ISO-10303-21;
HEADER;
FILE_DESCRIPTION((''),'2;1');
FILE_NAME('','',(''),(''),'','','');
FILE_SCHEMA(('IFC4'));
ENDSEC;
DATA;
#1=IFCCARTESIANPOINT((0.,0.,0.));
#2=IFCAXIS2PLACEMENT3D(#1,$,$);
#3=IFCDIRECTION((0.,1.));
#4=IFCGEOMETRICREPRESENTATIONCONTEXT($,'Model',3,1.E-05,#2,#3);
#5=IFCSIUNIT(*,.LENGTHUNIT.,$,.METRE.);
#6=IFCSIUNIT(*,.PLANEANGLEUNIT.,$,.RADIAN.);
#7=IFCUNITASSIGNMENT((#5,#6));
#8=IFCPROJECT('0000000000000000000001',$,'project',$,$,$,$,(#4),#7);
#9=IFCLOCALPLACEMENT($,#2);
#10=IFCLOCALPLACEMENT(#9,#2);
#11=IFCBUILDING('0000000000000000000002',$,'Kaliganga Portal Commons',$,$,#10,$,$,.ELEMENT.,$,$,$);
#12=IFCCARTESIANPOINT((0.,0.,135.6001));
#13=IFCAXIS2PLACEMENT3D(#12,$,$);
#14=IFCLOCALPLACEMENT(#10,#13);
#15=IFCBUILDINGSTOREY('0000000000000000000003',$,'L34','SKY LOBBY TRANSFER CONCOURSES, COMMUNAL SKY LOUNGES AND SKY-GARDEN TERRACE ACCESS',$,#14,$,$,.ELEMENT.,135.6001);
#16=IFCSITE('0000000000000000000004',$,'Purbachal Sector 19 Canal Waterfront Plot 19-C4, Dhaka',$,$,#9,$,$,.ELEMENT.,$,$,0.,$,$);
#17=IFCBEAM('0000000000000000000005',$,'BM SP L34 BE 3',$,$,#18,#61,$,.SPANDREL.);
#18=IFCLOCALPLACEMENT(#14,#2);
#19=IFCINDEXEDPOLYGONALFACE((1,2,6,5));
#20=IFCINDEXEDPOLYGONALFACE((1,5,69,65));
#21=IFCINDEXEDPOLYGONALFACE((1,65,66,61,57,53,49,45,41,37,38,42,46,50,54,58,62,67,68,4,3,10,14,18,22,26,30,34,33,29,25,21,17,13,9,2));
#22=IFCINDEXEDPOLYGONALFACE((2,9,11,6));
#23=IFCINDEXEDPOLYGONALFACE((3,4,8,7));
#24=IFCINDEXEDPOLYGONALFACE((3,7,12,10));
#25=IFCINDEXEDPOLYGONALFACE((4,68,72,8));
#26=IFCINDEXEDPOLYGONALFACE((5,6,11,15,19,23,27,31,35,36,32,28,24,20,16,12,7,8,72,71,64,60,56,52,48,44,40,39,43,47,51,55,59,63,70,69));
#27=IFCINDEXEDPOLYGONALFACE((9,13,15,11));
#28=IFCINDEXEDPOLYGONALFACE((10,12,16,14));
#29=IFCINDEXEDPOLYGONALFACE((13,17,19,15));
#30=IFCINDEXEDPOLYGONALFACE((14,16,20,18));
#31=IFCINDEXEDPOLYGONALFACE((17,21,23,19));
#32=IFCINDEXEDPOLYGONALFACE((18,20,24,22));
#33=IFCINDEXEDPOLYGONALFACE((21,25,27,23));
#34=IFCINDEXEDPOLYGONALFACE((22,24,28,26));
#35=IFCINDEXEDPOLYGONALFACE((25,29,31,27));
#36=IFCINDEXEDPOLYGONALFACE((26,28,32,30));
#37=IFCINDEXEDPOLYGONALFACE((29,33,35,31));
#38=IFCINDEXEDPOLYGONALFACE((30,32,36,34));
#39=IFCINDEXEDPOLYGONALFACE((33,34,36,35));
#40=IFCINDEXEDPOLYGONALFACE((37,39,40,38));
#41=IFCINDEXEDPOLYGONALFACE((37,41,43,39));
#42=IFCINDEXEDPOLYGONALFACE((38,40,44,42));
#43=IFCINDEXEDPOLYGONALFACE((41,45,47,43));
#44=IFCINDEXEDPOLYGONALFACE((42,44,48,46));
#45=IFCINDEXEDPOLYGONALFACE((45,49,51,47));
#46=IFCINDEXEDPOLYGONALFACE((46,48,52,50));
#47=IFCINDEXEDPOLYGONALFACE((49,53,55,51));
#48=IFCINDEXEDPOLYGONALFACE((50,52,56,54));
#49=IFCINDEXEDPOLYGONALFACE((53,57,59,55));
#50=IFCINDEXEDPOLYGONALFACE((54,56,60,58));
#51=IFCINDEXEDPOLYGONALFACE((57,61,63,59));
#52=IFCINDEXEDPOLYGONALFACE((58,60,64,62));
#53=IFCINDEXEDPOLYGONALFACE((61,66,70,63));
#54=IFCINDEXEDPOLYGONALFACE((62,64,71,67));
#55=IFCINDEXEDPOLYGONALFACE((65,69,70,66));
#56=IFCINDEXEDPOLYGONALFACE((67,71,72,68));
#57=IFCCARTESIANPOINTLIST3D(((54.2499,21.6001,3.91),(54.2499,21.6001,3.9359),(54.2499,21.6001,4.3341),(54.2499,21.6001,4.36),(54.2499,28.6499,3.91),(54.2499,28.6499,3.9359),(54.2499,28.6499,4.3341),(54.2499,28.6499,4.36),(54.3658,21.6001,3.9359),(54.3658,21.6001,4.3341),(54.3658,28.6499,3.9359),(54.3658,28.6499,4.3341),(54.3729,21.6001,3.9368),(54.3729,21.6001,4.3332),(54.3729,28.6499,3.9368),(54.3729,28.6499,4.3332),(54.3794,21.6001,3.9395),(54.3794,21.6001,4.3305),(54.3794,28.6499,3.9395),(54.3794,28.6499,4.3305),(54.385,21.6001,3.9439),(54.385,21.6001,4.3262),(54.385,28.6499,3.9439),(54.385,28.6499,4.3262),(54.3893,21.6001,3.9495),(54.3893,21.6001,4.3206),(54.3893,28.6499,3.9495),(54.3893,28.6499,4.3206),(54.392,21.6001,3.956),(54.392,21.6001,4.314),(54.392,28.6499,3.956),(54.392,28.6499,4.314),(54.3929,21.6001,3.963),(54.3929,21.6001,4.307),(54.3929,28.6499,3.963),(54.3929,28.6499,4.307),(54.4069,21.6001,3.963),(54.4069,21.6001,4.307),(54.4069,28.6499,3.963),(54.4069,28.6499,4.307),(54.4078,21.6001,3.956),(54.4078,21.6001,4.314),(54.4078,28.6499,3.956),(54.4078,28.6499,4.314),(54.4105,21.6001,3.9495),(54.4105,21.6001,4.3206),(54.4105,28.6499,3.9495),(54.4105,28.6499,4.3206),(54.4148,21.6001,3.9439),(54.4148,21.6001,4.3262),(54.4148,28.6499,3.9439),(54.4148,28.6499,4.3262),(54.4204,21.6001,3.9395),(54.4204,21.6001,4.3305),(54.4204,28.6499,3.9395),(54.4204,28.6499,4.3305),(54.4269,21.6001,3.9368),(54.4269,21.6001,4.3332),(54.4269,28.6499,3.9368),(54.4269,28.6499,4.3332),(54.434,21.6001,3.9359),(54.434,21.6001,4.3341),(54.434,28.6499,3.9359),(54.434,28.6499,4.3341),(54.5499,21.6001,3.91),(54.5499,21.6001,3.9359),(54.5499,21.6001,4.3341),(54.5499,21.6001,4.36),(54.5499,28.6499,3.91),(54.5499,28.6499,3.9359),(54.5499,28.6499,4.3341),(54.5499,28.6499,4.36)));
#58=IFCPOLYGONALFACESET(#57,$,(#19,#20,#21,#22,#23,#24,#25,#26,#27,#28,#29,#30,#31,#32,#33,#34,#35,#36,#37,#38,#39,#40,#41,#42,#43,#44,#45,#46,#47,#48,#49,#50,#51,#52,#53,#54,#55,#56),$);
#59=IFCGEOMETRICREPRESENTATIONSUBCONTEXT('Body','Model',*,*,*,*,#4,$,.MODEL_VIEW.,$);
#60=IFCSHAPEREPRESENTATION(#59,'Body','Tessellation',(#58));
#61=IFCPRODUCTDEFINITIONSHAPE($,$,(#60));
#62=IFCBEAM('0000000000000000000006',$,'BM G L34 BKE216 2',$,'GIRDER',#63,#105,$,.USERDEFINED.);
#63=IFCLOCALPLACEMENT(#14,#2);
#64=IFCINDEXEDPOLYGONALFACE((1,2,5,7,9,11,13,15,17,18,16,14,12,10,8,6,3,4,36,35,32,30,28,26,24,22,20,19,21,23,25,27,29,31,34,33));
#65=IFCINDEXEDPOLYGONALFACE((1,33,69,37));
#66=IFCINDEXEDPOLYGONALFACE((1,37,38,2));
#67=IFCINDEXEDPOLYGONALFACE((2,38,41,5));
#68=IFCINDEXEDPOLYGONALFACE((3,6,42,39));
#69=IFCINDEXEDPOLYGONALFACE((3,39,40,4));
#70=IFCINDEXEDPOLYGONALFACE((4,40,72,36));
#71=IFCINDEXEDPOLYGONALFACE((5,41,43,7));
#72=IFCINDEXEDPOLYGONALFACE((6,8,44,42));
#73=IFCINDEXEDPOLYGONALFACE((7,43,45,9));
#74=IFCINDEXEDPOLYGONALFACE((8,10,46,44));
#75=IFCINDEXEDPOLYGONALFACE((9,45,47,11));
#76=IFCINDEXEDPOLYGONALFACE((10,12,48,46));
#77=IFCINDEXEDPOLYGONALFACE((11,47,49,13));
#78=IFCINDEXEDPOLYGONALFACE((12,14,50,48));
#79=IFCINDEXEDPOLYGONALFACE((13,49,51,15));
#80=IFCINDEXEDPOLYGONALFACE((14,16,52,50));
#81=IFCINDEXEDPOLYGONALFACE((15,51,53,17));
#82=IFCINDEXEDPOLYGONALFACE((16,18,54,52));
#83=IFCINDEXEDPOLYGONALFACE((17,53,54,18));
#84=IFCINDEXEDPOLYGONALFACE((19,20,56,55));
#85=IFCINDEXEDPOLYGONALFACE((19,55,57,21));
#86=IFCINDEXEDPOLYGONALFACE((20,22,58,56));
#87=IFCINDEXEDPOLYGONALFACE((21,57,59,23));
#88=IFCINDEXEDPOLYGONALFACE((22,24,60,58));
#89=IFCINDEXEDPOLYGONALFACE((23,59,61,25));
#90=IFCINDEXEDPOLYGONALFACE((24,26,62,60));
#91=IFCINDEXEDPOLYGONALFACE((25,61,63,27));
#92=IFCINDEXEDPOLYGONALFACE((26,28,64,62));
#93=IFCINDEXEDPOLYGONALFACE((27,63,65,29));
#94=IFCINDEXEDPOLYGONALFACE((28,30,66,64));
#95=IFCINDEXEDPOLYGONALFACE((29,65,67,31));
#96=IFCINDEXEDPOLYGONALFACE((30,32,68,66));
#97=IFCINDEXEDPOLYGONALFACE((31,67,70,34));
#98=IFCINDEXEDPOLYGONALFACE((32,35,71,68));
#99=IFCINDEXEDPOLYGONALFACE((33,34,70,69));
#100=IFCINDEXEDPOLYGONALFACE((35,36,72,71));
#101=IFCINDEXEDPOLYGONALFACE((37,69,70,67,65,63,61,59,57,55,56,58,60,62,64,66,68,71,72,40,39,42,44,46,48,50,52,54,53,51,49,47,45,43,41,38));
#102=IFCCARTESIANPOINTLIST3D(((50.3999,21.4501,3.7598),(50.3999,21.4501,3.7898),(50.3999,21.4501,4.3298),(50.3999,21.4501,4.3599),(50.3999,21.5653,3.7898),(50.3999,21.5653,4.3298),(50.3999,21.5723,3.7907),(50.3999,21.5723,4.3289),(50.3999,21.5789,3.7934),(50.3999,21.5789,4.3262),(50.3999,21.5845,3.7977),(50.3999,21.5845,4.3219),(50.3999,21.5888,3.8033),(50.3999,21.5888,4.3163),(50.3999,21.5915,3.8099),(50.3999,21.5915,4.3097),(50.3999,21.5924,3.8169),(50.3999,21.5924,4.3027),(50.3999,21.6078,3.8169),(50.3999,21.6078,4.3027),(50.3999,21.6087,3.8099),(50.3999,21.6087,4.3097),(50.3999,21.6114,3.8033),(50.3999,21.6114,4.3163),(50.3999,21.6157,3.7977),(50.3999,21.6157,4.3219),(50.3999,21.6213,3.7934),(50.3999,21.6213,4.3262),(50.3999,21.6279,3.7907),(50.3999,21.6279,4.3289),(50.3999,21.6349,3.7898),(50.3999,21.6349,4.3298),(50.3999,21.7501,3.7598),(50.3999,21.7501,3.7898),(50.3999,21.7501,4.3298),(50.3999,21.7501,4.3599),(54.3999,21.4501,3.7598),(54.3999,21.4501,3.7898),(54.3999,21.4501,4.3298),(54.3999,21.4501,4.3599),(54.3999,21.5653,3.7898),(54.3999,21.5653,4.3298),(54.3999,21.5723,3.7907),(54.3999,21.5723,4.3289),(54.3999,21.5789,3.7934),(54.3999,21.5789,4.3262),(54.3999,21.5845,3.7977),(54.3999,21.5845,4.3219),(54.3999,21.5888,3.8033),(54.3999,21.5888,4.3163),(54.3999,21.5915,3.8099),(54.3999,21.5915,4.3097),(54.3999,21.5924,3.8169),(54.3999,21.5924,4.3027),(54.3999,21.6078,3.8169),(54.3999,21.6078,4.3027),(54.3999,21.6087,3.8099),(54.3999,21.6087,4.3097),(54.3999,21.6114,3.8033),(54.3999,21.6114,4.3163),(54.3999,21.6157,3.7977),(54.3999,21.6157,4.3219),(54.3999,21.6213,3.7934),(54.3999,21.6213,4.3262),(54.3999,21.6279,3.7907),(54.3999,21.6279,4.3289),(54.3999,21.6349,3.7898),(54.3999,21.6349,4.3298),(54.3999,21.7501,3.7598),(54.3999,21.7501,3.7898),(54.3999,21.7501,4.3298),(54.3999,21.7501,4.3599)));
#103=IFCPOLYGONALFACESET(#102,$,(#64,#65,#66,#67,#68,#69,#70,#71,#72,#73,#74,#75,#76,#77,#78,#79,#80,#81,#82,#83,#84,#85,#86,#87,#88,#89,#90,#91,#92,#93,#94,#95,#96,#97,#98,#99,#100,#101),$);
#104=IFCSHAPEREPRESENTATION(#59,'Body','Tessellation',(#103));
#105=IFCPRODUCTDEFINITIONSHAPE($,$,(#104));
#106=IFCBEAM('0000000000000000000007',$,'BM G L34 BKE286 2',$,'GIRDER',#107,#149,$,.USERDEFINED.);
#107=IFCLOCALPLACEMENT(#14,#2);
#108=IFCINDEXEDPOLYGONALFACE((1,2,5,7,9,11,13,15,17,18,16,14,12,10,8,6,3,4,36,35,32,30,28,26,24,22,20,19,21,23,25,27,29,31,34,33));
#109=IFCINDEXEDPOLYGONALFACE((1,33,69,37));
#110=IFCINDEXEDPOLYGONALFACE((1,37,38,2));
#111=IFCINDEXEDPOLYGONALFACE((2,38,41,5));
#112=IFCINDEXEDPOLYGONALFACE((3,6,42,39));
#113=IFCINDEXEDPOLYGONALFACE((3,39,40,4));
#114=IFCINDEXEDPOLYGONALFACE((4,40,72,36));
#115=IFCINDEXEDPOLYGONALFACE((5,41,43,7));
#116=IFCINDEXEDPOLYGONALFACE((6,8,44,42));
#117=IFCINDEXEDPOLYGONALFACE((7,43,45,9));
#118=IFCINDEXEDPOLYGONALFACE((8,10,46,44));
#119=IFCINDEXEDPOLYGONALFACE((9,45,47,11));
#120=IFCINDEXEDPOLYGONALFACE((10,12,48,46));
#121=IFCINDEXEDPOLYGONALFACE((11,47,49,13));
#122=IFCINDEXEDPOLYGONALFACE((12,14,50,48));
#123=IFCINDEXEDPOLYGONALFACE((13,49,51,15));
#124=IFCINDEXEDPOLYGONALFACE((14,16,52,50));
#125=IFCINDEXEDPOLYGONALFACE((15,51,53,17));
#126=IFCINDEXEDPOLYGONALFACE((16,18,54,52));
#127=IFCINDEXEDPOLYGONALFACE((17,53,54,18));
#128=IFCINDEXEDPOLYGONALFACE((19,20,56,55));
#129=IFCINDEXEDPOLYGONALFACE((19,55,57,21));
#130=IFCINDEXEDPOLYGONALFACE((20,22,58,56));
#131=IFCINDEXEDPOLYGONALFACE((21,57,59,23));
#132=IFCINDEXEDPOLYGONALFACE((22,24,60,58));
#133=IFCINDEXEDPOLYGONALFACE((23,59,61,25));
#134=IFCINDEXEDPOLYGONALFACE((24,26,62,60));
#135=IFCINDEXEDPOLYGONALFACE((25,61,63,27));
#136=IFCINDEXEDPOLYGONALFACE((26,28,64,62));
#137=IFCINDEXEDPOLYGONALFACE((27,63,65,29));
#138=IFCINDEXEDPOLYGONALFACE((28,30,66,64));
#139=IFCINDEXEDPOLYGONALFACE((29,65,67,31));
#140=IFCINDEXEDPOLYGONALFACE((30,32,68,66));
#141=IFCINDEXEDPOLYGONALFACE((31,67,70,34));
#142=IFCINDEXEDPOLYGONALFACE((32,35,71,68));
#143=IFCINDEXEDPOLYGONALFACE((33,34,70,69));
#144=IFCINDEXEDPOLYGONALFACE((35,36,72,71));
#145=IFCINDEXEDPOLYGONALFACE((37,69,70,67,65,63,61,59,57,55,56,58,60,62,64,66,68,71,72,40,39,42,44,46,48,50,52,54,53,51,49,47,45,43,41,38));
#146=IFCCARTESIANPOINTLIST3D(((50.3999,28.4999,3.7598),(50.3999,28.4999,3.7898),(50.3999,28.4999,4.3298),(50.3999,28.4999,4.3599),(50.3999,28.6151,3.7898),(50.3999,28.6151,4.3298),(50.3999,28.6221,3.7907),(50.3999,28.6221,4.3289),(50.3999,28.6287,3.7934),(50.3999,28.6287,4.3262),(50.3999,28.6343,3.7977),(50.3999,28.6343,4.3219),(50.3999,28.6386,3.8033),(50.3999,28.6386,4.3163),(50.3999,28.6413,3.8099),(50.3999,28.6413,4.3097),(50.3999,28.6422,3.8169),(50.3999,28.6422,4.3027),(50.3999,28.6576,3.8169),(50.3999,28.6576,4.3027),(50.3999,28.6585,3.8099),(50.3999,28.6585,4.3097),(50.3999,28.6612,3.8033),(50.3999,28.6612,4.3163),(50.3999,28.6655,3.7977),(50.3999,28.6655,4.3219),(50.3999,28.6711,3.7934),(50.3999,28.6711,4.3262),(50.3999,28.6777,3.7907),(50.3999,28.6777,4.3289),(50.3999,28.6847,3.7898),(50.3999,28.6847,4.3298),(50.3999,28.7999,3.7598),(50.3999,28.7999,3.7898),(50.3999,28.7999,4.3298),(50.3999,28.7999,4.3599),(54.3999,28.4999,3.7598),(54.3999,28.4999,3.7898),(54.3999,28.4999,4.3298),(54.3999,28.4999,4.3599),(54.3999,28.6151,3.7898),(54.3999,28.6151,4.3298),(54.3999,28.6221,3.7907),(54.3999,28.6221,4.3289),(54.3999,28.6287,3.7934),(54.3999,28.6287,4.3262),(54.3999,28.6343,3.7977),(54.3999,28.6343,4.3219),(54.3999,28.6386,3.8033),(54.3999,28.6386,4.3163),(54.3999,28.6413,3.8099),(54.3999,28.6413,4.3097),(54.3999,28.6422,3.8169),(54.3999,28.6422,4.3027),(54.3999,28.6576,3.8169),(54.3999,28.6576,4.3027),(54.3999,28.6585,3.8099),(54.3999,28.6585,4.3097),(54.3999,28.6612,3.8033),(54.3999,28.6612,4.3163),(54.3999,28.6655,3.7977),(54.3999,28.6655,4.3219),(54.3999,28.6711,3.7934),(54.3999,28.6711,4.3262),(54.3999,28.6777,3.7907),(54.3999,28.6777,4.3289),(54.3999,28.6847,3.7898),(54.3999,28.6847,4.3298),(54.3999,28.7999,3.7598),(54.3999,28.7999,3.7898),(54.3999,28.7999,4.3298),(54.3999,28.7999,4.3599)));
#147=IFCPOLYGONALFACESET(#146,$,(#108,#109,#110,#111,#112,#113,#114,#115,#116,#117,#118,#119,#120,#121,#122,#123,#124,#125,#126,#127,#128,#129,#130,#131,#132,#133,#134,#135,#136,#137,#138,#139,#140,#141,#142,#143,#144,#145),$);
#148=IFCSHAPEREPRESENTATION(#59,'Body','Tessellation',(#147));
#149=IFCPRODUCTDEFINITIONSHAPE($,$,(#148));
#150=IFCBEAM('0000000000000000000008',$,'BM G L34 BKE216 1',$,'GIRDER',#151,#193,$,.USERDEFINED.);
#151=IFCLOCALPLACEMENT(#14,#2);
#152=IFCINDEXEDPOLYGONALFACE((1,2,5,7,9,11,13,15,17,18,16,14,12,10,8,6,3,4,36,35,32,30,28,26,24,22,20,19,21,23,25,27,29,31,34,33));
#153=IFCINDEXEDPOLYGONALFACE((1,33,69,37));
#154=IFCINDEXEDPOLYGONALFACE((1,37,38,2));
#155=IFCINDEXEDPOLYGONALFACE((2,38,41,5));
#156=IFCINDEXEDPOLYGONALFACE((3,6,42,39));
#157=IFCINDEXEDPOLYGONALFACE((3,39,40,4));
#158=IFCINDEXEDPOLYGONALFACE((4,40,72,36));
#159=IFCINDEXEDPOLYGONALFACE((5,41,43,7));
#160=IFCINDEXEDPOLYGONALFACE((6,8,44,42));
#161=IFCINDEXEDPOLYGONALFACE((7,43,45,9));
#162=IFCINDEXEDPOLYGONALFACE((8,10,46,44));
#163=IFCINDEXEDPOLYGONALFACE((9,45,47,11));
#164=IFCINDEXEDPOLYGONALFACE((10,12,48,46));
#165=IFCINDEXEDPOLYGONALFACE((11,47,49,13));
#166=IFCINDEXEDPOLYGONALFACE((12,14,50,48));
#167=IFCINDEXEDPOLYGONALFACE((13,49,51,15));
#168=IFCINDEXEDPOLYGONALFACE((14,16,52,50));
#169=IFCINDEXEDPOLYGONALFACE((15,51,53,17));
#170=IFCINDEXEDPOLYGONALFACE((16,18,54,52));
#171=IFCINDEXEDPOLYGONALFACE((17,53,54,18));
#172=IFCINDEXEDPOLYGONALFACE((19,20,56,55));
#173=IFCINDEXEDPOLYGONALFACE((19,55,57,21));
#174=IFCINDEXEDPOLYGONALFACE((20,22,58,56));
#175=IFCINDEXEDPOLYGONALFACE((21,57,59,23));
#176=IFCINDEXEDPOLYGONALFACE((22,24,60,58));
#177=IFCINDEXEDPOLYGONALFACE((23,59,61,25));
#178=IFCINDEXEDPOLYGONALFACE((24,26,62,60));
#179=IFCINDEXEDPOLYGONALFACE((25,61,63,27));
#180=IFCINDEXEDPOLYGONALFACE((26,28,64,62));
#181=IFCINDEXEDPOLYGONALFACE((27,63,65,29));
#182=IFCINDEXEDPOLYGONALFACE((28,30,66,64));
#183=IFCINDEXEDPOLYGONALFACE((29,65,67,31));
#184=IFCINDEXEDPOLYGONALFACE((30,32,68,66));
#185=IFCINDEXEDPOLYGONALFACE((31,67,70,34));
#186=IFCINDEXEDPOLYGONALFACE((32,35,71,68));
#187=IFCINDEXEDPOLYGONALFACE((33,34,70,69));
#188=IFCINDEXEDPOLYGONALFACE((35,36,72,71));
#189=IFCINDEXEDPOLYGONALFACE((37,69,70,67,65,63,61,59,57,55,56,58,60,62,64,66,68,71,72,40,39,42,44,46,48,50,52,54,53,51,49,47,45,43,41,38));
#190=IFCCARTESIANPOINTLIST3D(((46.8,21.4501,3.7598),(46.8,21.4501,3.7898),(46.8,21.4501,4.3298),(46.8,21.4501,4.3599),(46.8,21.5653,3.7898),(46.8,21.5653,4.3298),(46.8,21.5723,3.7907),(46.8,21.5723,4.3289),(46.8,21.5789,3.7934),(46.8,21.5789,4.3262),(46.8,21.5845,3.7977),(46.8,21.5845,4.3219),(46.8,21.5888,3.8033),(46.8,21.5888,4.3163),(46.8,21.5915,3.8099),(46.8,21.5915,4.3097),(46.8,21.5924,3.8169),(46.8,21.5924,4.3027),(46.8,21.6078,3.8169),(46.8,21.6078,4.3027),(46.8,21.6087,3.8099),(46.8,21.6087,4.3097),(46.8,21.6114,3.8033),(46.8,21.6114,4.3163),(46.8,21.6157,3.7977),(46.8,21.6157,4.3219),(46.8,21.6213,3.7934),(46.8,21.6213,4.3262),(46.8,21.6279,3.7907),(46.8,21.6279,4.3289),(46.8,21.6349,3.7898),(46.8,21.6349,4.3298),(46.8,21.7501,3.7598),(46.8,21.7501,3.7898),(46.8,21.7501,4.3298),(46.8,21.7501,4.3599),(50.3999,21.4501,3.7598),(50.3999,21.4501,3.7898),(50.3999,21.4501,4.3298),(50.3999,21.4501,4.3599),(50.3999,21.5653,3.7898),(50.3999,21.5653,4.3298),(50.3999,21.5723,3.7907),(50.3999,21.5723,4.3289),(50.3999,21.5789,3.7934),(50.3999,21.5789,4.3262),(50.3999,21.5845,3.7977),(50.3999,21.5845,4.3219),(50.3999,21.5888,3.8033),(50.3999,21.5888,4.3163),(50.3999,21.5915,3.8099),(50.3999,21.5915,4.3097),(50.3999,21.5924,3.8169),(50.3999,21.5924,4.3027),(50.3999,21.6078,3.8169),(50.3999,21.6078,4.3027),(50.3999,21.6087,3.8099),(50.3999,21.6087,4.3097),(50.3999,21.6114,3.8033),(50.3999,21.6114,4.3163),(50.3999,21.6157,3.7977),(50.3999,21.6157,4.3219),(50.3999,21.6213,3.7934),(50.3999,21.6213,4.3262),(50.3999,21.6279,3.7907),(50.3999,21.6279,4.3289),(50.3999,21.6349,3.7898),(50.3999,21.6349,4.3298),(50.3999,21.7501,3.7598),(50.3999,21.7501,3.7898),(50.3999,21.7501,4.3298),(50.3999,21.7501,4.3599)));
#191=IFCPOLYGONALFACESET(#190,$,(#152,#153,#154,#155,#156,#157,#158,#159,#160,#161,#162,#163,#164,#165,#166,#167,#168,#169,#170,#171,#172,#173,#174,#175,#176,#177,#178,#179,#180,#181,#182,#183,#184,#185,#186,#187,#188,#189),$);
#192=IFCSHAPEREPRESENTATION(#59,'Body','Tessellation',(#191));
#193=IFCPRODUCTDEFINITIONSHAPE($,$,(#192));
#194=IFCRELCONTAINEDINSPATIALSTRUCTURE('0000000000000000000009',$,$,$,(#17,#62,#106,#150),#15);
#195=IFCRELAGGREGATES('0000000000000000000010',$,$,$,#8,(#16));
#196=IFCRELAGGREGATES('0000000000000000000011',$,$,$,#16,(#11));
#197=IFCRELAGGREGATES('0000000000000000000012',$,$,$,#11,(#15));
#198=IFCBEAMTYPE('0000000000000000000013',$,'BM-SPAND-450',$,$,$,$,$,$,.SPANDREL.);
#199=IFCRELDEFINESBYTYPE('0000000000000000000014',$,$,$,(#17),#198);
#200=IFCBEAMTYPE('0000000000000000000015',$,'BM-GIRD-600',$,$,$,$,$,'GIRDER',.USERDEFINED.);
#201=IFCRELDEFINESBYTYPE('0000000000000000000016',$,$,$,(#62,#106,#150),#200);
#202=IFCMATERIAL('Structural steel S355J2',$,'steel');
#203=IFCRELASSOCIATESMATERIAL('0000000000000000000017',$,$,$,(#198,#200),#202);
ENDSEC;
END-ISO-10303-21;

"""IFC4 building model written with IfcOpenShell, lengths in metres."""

from ifc_helpers import new_model, si_unit, direction, frame, origin, origin_2d, place, context, subcontext, project, spatial, i_section, extrude, source, transform, mapped, material, material_profile, profile_set, type_object, element, save


model = new_model("IFC4")

# Units and contexts
model_context = context("Model", 3, precision=1e-05, world=origin(), true_north=direction((0.0, 1.0)))
body_context = subcontext(model_context, "Body", "Model", "MODEL_VIEW")
ifc_project = project(units=[si_unit("LENGTHUNIT", "METRE"), si_unit("PLANEANGLEUNIT", "RADIAN")], contexts=[model_context])

# Site, building, storey
site_placement = place(None, origin())
site = spatial("IfcSite", under=ifc_project, at=site_placement, Name="Purbachal Sector 19 Canal Waterfront Plot 19-C4, Dhaka", CompositionType="ELEMENT", RefElevation=0.0)
building_placement = place(site_placement, origin())
building = spatial("IfcBuilding", under=site, at=building_placement, Name="Kaliganga Portal Commons", CompositionType="ELEMENT")
storey_placement = place(building_placement, frame((0.0, 0.0, 135.6001)))
storey = spatial("IfcBuildingStorey", under=building, at=storey_placement, Name="L34", Description="SKY LOBBY TRANSFER CONCOURSES, COMMUNAL SKY LOUNGES AND SKY-GARDEN TERRACE ACCESS", CompositionType="ELEMENT", Elevation=135.6001)

# Beams
ifc_material_1 = material(Name="Structural steel S355J2", Category="steel")
ifc_material_profile_1 = material_profile(ifc_material_1, i_section(OverallWidth=0.3, OverallDepth=0.45, WebThickness=0.0139, FlangeThickness=0.0259, FilletRadius=0.0271, at=origin_2d()), Name="HE 450 B")
ifc_profile_set_1 = profile_set([ifc_material_profile_1], Name="Structural steel S355J2 wide-flange")
beam_type_1 = type_object("IfcBeamType", Name="BM-SPAND-450", PredefinedType="SPANDREL", material=ifc_profile_set_1)
shared_shape_1 = source(origin(), body_context, "Body", "SweptSolid", [
    extrude(i_section(OverallWidth=0.3, OverallDepth=0.45, WebThickness=0.0139, FlangeThickness=0.0259, FilletRadius=0.0271, at=origin_2d()), origin(), (0.0, 0.0, 1.0), 7.0498),
])
beam_1_placement = place(storey_placement, frame((54.3999, 21.6001, 4.135), z_axis=(0.0, 1.0, 0.0), x_axis=(-1.0, 0.0, 0.0)))
element("IfcBeam", 1, at=beam_1_placement, inside=storey, type_object=beam_type_1, Name="BM SP L34 BE 3", PredefinedType="SPANDREL", context=body_context, shape_type="MappedRepresentation", body=[
    mapped(shared_shape_1, transform((0.0, 0.0, 0.0), x_axis=(1.0, 0.0, 0.0), y_axis=(0.0, 1.0, 0.0), z_axis=(0.0, 0.0, 1.0), scale=1.0)),
])
ifc_material_profile_2 = material_profile(ifc_material_1, i_section(OverallWidth=0.3, OverallDepth=0.6001, WebThickness=0.0154, FlangeThickness=0.03, FilletRadius=0.0271, at=origin_2d()), Name="HE 600 B")
ifc_profile_set_2 = profile_set([ifc_material_profile_2], Name="Structural steel S355J2 wide-flange")
beam_type_2 = type_object("IfcBeamType", Name="BM-GIRD-600", ElementType="GIRDER", PredefinedType="USERDEFINED", material=ifc_profile_set_2)
shared_shape_2 = source(origin(), body_context, "Body", "SweptSolid", [
    extrude(i_section(OverallWidth=0.3, OverallDepth=0.6001, WebThickness=0.0154, FlangeThickness=0.03, FilletRadius=0.0271, at=origin_2d()), origin(), (0.0, 0.0, 1.0), 4.0),
])
for number, where, z_axis, x_axis, name in (
    (2, (50.3999, 21.6001, 4.0598), (1.0, 0.0, 0.0), (0.0, 1.0, 0.0), "BM G L34 BKE216 2"),
    (3, (50.3999, 28.6499, 4.0598), (1.0, 0.0, 0.0), (0.0, 1.0, 0.0), "BM G L34 BKE286 2"),
):
    element("IfcBeam", number, at=place(storey_placement, frame(where, z_axis=z_axis, x_axis=x_axis)), inside=storey, type_object=beam_type_2, Name=name, ObjectType="GIRDER", PredefinedType="USERDEFINED", context=body_context, shape_type="MappedRepresentation", body=[
        mapped(shared_shape_2, transform((0.0, 0.0, 0.0), x_axis=(1.0, 0.0, 0.0), y_axis=(0.0, 1.0, 0.0), z_axis=(0.0, 0.0, 1.0), scale=1.0)),
    ])
shared_shape_3 = source(origin(), body_context, "Body", "SweptSolid", [
    extrude(i_section(OverallWidth=0.3, OverallDepth=0.6001, WebThickness=0.0154, FlangeThickness=0.03, FilletRadius=0.0271, at=origin_2d()), origin(), (0.0, 0.0, 1.0), 3.5999),
])
for number, where, z_axis, x_axis, name in (
    (4, (46.8, 21.6001, 4.0598), (1.0, 0.0, 0.0), (0.0, 1.0, 0.0), "BM G L34 BKE216 1"),
):
    element("IfcBeam", number, at=place(storey_placement, frame(where, z_axis=z_axis, x_axis=x_axis)), inside=storey, type_object=beam_type_2, Name=name, ObjectType="GIRDER", PredefinedType="USERDEFINED", context=body_context, shape_type="MappedRepresentation", body=[
        mapped(shared_shape_3, transform((0.0, 0.0, 0.0), x_axis=(1.0, 0.0, 0.0), y_axis=(0.0, 1.0, 0.0), z_axis=(0.0, 0.0, 1.0), scale=1.0)),
    ])

save(model, "model.ifc")
